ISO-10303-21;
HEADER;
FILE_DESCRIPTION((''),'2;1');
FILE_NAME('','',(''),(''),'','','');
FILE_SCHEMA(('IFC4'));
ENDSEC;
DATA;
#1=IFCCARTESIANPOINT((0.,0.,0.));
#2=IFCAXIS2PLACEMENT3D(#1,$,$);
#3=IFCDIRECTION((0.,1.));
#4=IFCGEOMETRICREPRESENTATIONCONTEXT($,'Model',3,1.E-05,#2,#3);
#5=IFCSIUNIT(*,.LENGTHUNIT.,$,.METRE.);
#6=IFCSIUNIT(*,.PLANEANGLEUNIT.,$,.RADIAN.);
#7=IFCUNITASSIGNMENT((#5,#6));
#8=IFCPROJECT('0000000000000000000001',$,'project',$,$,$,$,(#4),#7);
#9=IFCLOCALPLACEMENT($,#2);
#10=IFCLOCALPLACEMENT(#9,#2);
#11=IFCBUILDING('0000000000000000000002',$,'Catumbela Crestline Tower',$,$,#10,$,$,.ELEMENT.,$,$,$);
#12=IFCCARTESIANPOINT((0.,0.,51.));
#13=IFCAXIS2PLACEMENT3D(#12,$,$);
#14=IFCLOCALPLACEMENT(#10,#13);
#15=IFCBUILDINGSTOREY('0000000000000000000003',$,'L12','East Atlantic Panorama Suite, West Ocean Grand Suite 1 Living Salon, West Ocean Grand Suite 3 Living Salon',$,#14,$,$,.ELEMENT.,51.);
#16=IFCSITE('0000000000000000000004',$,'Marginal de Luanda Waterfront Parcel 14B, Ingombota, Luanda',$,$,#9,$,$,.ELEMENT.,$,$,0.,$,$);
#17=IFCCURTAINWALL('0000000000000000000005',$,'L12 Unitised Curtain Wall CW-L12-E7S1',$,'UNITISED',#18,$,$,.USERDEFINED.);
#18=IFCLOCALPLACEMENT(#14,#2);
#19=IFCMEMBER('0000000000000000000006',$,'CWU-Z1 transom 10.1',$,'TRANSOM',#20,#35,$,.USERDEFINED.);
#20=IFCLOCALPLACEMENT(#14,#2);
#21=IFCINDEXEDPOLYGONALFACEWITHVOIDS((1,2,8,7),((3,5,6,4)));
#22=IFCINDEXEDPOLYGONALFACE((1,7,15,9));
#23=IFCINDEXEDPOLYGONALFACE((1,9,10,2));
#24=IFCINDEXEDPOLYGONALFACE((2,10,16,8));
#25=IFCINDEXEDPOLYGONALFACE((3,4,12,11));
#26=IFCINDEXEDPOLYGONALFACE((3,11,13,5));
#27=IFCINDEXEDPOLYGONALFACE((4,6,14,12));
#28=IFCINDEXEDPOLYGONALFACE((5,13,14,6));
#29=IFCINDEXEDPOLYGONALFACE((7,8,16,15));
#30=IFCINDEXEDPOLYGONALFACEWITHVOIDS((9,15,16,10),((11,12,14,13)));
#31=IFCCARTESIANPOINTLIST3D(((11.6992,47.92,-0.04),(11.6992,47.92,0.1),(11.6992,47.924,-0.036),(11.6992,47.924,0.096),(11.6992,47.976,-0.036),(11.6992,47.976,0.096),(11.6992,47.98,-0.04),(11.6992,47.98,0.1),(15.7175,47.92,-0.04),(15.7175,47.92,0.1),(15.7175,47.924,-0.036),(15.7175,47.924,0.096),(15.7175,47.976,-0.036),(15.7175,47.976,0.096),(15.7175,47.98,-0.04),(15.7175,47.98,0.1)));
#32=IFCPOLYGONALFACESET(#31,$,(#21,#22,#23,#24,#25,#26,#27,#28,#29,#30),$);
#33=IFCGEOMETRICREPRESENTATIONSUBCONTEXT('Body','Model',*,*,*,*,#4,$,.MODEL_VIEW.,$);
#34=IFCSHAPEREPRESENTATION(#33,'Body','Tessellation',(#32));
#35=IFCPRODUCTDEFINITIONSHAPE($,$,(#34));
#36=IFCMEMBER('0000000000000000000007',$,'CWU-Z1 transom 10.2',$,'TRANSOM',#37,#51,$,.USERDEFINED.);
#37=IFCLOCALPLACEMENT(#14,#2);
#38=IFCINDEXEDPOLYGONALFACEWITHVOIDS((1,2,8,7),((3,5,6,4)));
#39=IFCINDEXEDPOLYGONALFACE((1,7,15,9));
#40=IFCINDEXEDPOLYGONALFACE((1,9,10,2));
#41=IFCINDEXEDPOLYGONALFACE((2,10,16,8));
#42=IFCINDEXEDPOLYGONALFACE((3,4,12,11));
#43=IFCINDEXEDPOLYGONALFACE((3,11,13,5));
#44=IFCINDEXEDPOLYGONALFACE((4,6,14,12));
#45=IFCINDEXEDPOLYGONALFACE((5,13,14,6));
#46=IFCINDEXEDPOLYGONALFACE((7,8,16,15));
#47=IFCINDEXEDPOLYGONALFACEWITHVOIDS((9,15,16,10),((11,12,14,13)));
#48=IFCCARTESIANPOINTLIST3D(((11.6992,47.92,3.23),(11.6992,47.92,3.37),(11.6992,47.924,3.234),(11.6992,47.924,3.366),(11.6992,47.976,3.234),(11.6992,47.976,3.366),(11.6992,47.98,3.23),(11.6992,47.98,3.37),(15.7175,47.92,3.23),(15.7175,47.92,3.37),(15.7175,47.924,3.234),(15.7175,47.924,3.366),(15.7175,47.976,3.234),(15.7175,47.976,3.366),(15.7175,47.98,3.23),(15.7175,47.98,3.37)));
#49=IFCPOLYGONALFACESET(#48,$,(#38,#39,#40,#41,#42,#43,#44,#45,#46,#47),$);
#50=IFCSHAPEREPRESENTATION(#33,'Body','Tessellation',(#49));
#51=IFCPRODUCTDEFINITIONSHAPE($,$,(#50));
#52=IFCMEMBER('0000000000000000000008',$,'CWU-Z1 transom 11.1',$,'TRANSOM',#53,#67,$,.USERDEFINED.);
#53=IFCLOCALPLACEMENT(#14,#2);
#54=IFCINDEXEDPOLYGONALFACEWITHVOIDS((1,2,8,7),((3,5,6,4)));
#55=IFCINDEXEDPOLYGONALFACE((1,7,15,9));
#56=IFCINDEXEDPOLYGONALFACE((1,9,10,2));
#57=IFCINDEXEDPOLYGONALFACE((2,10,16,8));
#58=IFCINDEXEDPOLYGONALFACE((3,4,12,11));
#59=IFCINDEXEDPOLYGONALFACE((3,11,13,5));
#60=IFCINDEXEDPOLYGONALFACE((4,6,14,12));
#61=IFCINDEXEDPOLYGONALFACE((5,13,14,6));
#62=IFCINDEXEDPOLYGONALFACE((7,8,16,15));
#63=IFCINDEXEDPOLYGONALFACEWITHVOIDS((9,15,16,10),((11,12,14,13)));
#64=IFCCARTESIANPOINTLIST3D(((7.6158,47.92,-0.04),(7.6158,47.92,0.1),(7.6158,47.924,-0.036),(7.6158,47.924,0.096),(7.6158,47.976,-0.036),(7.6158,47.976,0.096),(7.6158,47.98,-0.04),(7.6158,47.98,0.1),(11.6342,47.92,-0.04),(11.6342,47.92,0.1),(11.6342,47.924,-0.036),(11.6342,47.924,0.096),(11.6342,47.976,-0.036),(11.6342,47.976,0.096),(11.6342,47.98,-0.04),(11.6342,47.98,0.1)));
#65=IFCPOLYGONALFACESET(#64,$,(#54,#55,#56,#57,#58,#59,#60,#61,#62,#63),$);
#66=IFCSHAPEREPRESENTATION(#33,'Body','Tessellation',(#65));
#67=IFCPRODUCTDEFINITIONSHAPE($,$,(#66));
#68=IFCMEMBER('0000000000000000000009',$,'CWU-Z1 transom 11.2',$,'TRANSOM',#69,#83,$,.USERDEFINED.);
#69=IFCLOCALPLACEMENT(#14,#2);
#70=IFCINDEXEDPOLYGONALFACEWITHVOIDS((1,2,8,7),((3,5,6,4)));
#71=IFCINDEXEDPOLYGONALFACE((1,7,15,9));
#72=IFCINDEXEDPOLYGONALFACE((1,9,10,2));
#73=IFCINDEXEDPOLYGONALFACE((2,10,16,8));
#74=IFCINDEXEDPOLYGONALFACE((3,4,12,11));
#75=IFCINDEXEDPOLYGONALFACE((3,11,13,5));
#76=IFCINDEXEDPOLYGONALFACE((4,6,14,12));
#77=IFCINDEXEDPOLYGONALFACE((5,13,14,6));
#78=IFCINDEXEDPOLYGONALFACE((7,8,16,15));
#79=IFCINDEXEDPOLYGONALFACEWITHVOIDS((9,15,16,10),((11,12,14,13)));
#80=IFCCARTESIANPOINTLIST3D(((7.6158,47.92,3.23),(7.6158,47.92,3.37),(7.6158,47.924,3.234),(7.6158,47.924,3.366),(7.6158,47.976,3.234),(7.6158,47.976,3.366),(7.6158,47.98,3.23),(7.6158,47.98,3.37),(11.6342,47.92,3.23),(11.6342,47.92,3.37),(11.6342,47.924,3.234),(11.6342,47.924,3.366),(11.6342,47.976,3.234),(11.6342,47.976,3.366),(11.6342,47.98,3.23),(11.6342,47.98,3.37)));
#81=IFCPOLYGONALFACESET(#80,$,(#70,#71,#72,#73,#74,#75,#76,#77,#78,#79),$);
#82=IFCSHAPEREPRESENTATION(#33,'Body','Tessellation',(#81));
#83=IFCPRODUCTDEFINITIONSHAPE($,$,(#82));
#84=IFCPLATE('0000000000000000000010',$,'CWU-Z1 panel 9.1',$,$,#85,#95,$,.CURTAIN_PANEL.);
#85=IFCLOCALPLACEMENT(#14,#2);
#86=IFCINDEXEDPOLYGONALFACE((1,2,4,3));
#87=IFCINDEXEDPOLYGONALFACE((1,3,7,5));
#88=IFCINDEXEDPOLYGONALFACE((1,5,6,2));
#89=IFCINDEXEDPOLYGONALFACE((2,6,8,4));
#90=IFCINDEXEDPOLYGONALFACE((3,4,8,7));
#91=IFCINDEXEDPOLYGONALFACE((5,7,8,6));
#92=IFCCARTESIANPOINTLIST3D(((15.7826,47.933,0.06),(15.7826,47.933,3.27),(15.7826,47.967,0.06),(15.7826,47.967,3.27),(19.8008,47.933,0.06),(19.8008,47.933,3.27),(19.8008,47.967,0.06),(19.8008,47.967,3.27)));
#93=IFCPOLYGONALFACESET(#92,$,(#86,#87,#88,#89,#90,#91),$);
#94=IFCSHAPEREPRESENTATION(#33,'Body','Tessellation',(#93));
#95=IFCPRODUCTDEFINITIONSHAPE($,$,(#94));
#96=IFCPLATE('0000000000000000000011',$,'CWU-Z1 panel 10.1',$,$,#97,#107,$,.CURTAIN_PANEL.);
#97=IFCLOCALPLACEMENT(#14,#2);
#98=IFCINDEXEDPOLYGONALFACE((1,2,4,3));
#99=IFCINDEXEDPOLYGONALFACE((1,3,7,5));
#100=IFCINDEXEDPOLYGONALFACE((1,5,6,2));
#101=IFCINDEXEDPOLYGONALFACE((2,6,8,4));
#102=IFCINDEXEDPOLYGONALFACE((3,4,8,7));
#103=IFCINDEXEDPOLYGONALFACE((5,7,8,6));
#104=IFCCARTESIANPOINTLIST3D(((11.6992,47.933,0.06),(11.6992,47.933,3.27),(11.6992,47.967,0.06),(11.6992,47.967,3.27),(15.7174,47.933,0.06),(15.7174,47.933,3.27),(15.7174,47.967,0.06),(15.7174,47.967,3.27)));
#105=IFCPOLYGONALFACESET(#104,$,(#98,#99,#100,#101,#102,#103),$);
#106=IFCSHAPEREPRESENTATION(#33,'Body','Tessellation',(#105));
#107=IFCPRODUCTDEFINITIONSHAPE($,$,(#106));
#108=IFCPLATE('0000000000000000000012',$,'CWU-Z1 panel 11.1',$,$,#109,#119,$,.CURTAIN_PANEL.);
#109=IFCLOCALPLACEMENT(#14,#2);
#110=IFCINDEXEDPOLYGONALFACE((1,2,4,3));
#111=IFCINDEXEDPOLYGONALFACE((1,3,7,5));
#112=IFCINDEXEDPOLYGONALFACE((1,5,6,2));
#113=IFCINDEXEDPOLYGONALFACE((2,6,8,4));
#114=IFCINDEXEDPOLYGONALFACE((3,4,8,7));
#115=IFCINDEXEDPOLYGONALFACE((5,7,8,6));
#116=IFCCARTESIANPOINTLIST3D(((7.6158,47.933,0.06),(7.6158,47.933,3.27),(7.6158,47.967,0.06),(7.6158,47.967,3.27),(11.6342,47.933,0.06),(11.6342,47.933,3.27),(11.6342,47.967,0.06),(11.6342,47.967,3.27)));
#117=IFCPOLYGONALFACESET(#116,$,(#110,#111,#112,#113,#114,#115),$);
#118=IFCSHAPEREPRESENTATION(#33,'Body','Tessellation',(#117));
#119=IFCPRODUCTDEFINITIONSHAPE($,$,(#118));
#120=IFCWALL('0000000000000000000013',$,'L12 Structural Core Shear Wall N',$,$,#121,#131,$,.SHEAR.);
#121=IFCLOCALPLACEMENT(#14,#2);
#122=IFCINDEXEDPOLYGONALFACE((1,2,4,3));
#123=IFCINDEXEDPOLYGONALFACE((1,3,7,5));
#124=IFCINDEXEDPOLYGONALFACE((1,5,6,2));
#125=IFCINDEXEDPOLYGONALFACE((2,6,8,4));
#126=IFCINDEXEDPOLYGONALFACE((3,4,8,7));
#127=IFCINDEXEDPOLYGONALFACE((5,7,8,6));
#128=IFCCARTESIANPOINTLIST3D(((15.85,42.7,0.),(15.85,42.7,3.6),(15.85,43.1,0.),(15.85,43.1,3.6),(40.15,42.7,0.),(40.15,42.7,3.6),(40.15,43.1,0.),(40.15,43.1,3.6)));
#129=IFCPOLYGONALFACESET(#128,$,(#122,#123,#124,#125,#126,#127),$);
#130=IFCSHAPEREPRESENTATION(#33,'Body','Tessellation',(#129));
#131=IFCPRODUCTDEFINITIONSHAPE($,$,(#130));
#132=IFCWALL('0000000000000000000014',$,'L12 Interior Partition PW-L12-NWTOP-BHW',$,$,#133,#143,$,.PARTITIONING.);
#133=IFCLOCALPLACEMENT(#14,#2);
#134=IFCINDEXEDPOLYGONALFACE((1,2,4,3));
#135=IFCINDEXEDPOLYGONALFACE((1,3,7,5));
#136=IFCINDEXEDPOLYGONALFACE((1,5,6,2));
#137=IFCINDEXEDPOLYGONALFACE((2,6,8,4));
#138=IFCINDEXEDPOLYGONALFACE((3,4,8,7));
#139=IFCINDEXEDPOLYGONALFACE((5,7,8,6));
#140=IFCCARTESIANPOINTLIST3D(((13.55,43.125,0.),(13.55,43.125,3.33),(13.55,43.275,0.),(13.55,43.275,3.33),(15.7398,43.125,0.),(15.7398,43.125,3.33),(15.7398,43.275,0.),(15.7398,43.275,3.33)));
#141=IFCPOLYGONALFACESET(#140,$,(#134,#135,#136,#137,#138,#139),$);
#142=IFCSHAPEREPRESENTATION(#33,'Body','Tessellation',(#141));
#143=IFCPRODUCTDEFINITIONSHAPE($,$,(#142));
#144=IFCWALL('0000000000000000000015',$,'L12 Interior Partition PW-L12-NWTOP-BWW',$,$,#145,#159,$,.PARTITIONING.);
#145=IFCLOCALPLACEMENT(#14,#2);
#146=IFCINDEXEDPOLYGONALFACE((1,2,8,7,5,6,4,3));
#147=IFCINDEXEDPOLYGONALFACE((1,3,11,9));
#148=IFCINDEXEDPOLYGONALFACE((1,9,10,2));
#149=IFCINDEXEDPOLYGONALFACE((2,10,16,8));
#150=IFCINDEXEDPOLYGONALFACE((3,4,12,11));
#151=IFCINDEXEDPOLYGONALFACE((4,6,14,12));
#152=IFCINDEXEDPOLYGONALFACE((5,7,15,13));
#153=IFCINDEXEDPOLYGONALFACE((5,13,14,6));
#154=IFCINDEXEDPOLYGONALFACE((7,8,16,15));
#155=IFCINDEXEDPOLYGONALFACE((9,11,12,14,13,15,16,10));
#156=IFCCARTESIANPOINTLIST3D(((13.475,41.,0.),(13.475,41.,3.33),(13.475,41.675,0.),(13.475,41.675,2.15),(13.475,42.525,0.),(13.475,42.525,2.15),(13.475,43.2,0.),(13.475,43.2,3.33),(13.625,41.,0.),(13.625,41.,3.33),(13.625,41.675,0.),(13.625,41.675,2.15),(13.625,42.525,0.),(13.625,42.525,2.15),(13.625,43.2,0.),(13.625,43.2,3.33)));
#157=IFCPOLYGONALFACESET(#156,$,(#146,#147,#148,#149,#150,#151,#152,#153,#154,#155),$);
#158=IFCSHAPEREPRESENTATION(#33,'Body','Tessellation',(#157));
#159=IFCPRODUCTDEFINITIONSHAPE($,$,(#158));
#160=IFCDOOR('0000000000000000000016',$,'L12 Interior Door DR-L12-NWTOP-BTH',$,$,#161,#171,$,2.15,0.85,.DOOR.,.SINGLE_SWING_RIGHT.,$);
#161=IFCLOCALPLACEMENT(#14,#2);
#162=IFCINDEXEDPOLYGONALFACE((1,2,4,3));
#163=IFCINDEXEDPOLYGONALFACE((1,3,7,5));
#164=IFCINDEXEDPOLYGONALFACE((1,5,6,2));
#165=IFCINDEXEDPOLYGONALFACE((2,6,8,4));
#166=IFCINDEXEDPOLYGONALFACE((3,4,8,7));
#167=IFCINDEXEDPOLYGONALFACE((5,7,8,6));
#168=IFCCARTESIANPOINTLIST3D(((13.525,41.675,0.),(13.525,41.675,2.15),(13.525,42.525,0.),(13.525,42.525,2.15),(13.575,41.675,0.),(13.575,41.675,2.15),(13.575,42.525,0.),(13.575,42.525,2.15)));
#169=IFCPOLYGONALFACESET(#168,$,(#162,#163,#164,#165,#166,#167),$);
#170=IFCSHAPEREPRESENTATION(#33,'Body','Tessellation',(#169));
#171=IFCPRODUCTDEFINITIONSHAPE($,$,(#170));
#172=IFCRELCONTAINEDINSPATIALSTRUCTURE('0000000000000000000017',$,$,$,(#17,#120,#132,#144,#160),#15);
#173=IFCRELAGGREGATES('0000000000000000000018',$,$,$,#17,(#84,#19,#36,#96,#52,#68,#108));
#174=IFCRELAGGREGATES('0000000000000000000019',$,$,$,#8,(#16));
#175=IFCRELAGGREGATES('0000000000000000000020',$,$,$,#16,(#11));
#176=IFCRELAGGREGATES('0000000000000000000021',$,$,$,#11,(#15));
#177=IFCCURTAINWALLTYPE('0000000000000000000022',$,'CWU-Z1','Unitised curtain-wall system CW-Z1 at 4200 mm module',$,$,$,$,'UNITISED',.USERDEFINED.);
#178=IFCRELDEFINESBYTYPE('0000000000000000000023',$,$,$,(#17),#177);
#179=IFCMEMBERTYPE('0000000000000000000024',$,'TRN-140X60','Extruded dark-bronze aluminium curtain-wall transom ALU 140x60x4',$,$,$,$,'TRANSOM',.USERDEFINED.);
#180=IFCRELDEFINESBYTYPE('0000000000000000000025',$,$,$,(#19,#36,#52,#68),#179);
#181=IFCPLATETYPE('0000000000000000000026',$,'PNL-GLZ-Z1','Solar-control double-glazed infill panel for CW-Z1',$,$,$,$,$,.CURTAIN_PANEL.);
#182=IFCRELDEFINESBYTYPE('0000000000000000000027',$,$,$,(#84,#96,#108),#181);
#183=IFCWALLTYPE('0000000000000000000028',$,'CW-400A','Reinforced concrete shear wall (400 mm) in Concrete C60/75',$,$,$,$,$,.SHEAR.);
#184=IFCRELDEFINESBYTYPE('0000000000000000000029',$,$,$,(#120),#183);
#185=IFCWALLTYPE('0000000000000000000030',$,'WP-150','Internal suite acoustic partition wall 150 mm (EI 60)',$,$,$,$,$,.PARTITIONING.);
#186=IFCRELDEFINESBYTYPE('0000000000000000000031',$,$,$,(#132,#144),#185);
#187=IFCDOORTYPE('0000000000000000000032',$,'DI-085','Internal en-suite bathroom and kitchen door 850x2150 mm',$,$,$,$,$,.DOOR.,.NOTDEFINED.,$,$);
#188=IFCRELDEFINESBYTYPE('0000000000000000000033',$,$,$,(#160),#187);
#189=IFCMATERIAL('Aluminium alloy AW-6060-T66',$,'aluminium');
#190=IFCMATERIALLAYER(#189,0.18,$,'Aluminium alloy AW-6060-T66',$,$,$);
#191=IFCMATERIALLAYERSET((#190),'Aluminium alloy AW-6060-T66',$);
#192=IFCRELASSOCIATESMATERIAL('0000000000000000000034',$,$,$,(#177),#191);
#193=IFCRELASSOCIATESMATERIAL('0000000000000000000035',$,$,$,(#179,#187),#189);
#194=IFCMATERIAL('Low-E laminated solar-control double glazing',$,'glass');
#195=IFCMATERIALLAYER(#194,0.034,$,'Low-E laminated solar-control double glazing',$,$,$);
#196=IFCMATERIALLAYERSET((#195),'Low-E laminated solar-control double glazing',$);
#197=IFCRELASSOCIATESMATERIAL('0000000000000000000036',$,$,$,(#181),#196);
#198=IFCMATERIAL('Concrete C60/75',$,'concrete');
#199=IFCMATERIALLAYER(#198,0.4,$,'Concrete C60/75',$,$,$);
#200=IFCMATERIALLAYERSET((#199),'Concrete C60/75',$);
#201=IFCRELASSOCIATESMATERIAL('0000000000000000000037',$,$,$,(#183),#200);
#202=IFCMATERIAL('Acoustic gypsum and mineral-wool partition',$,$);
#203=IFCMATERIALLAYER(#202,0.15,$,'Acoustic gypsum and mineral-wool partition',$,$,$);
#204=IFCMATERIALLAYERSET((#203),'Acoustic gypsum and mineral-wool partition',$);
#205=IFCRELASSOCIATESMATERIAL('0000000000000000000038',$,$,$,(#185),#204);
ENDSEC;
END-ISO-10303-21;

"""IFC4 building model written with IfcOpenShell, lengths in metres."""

from ifc_helpers import new_model, si_unit, direction, frame, frame_2d, origin, origin_2d, place, context, subcontext, project, spatial, rectangle, hollow_rectangle, extrude, material, layer, layer_set, material_profile, profile_set, type_object, element, fill, aggregate, save


model = new_model("IFC4")

# Units and contexts
model_context = context("Model", 3, precision=1e-05, world=origin(), true_north=direction((0.0, 1.0)))
body_context = subcontext(model_context, "Body", "Model", "MODEL_VIEW")
ifc_project = project(units=[si_unit("LENGTHUNIT", "METRE"), si_unit("PLANEANGLEUNIT", "RADIAN")], contexts=[model_context])

# Site, building, storey
site_placement = place(None, origin())
site = spatial("IfcSite", under=ifc_project, at=site_placement, Name="Marginal de Luanda Waterfront Parcel 14B, Ingombota, Luanda", CompositionType="ELEMENT", RefElevation=0.0)
building_placement = place(site_placement, origin())
building = spatial("IfcBuilding", under=site, at=building_placement, Name="Catumbela Crestline Tower", CompositionType="ELEMENT")
storey_placement = place(building_placement, frame((0.0, 0.0, 51.0)))
storey = spatial("IfcBuildingStorey", under=building, at=storey_placement, Name="L12", Description="East Atlantic Panorama Suite, West Ocean Grand Suite 1 Living Salon, West Ocean Grand Suite 3 Living Salon", CompositionType="ELEMENT", Elevation=51.0)

# Curtain wall
ifc_material_1 = material(Name="Aluminium alloy AW-6060-T66", Category="aluminium")
ifc_layer_1 = layer(ifc_material_1, 0.18, Name="Aluminium alloy AW-6060-T66")
ifc_layer_set_1 = layer_set([ifc_layer_1], Name="Aluminium alloy AW-6060-T66")
curtain_wall_type = type_object("IfcCurtainWallType", Name="CWU-Z1", Description="Unitised curtain-wall system CW-Z1 at 4200 mm module", ElementType="UNITISED", PredefinedType="USERDEFINED", material=ifc_layer_set_1)
curtain_wall_placement = place(storey_placement, origin())
curtain_wall = element("IfcCurtainWall", 1, at=curtain_wall_placement, inside=storey, type_object=curtain_wall_type, Name="L12 Unitised Curtain Wall CW-L12-E7S1", ObjectType="UNITISED", PredefinedType="USERDEFINED")

# Members
ifc_material_profile_1 = material_profile(ifc_material_1, hollow_rectangle(XDim=0.06, YDim=0.14, WallThickness=0.004, at=origin_2d()), Name="ALU 140x60x4")
ifc_profile_set_1 = profile_set([ifc_material_profile_1], Name="Aluminium alloy AW-6060-T66")
member_type_1 = type_object("IfcMemberType", Name="TRN-140X60", Description="Extruded dark-bronze aluminium curtain-wall transom ALU 140x60x4", ElementType="TRANSOM", PredefinedType="USERDEFINED", material=ifc_profile_set_1)
member_1_placement = place(storey_placement, frame((15.7175, 47.95, 0.03), z_axis=(-1.0, 0.0, 0.0), x_axis=(0.0, -1.0, 0.0)))
member_1 = element("IfcMember", 2, at=member_1_placement, type_object=member_type_1, Name="CWU-Z1 transom 10.1", ObjectType="TRANSOM", PredefinedType="USERDEFINED", context=body_context, shape_type="SweptSolid", body=[
    extrude(hollow_rectangle(XDim=0.06, YDim=0.14, WallThickness=0.004, at=origin_2d()), origin(), (0.0, 0.0, 1.0), 4.0183),
])
member_2_placement = place(storey_placement, frame((15.7175, 47.95, 3.3), z_axis=(-1.0, 0.0, 0.0), x_axis=(0.0, -1.0, 0.0)))
member_2 = element("IfcMember", 3, at=member_2_placement, type_object=member_type_1, Name="CWU-Z1 transom 10.2", ObjectType="TRANSOM", PredefinedType="USERDEFINED", context=body_context, shape_type="SweptSolid", body=[
    extrude(hollow_rectangle(XDim=0.06, YDim=0.14, WallThickness=0.004, at=origin_2d()), origin(), (0.0, 0.0, 1.0), 4.0183),
])
member_3_placement = place(storey_placement, frame((11.6342, 47.95, 0.03), z_axis=(-1.0, 0.0, 0.0), x_axis=(0.0, -1.0, 0.0)))
member_3 = element("IfcMember", 4, at=member_3_placement, type_object=member_type_1, Name="CWU-Z1 transom 11.1", ObjectType="TRANSOM", PredefinedType="USERDEFINED", context=body_context, shape_type="SweptSolid", body=[
    extrude(hollow_rectangle(XDim=0.06, YDim=0.14, WallThickness=0.004, at=origin_2d()), origin(), (0.0, 0.0, 1.0), 4.0184),
])
member_4_placement = place(storey_placement, frame((11.6342, 47.95, 3.3), z_axis=(-1.0, 0.0, 0.0), x_axis=(0.0, -1.0, 0.0)))
member_4 = element("IfcMember", 5, at=member_4_placement, type_object=member_type_1, Name="CWU-Z1 transom 11.2", ObjectType="TRANSOM", PredefinedType="USERDEFINED", context=body_context, shape_type="SweptSolid", body=[
    extrude(hollow_rectangle(XDim=0.06, YDim=0.14, WallThickness=0.004, at=origin_2d()), origin(), (0.0, 0.0, 1.0), 4.0184),
])

# Plates
ifc_material_2 = material(Name="Low-E laminated solar-control double glazing", Category="glass")
ifc_layer_2 = layer(ifc_material_2, 0.034, Name="Low-E laminated solar-control double glazing")
ifc_layer_set_2 = layer_set([ifc_layer_2], Name="Low-E laminated solar-control double glazing")
plate_type = type_object("IfcPlateType", Name="PNL-GLZ-Z1", Description="Solar-control double-glazed infill panel for CW-Z1", PredefinedType="CURTAIN_PANEL", material=ifc_layer_set_2)
plate_1_placement = place(storey_placement, frame((17.7917, 47.95, 0.06), z_axis=(0.0, 0.0, 1.0), x_axis=(-1.0, 0.0, 0.0)))
plate_1 = element("IfcPlate", 6, at=plate_1_placement, type_object=plate_type, Name="CWU-Z1 panel 9.1", PredefinedType="CURTAIN_PANEL", context=body_context, shape_type="SweptSolid", body=[
    extrude(rectangle(XDim=4.0183, YDim=0.034, at=origin_2d()), origin(), (0.0, 0.0, 1.0), 3.21),
])
plate_2_placement = place(storey_placement, frame((13.7083, 47.95, 0.06), z_axis=(0.0, 0.0, 1.0), x_axis=(-1.0, 0.0, 0.0)))
plate_2 = element("IfcPlate", 7, at=plate_2_placement, type_object=plate_type, Name="CWU-Z1 panel 10.1", PredefinedType="CURTAIN_PANEL", context=body_context, shape_type="SweptSolid", body=[
    extrude(rectangle(XDim=4.0183, YDim=0.034, at=origin_2d()), origin(), (0.0, 0.0, 1.0), 3.21),
])
plate_3_placement = place(storey_placement, frame((9.625, 47.95, 0.06), z_axis=(0.0, 0.0, 1.0), x_axis=(-1.0, 0.0, 0.0)))
plate_3 = element("IfcPlate", 8, at=plate_3_placement, type_object=plate_type, Name="CWU-Z1 panel 11.1", PredefinedType="CURTAIN_PANEL", context=body_context, shape_type="SweptSolid", body=[
    extrude(rectangle(XDim=4.0183, YDim=0.034, at=origin_2d()), origin(), (0.0, 0.0, 1.0), 3.21),
])
aggregate(curtain_wall, [plate_1, member_1, member_2, plate_2, member_3, member_4, plate_3])

# Walls
ifc_material_3 = material(Name="Concrete C60/75", Category="concrete")
ifc_layer_3 = layer(ifc_material_3, 0.4, Name="Concrete C60/75")
ifc_layer_set_3 = layer_set([ifc_layer_3], Name="Concrete C60/75")
wall_type_1 = type_object("IfcWallType", Name="CW-400A", Description="Reinforced concrete shear wall (400 mm) in Concrete C60/75", PredefinedType="SHEAR", material=ifc_layer_set_3)
wall_1_placement = place(storey_placement, frame((15.85, 42.9, 0.0), z_axis=(0.0, 0.0, 1.0), x_axis=(1.0, 0.0, 0.0)))
element("IfcWall", 9, at=wall_1_placement, inside=storey, type_object=wall_type_1, Name="L12 Structural Core Shear Wall N", PredefinedType="SHEAR", context=body_context, shape_type="SweptSolid", body=[
    extrude(rectangle(XDim=24.3, YDim=0.4, at=frame_2d((12.15, 0.0))), origin(), (0.0, 0.0, 1.0), 3.6),
])
ifc_material_4 = material(Name="Acoustic gypsum and mineral-wool partition")
ifc_layer_4 = layer(ifc_material_4, 0.15, Name="Acoustic gypsum and mineral-wool partition")
ifc_layer_set_4 = layer_set([ifc_layer_4], Name="Acoustic gypsum and mineral-wool partition")
wall_type_2 = type_object("IfcWallType", Name="WP-150", Description="Internal suite acoustic partition wall 150 mm (EI 60)", PredefinedType="PARTITIONING", material=ifc_layer_set_4)
wall_2_placement = place(storey_placement, frame((13.55, 43.2, 0.0), z_axis=(0.0, 0.0, 1.0), x_axis=(1.0, 0.0, 0.0)))
element("IfcWall", 10, at=wall_2_placement, inside=storey, type_object=wall_type_2, Name="L12 Interior Partition PW-L12-NWTOP-BHW", PredefinedType="PARTITIONING", context=body_context, shape_type="SweptSolid", body=[
    extrude(rectangle(XDim=2.1897, YDim=0.15, at=frame_2d((1.0949, 0.0))), origin(), (0.0, 0.0, 1.0), 3.33),
])

# Wall, opening, door
wall_3_placement = place(storey_placement, frame((13.55, 41.0, 0.0), z_axis=(0.0, 0.0, 1.0), x_axis=(0.0, 1.0, 0.0)))
wall_3 = element("IfcWall", 11, at=wall_3_placement, inside=storey, type_object=wall_type_2, Name="L12 Interior Partition PW-L12-NWTOP-BWW", PredefinedType="PARTITIONING", context=body_context, shape_type="SweptSolid", body=[
    extrude(rectangle(XDim=2.2, YDim=0.15, at=frame_2d((1.1, 0.0))), origin(), (0.0, 0.0, 1.0), 3.33),
])
opening_1_placement = place(wall_3_placement, frame((0.675, 0.0, 0.0)))
opening_1 = element("IfcOpeningElement", 12, at=opening_1_placement, cuts=wall_3, PredefinedType="OPENING", context=body_context, shape_type="SweptSolid", body=[
    extrude(rectangle(XDim=0.85, YDim=2.15, at=frame_2d((0.425, 1.075))), frame((0.0, 0.085, 0.0), z_axis=(0.0, -1.0, 0.0), x_axis=(1.0, 0.0, 0.0)), (0.0, 0.0, 1.0), 0.17),
])
door_type = type_object("IfcDoorType", Name="DI-085", Description="Internal en-suite bathroom and kitchen door 850x2150 mm", OperationType="NOTDEFINED", PredefinedType="DOOR", material=ifc_material_1)
door_1_placement = place(opening_1_placement, origin())
door_1 = element("IfcDoor", 13, at=door_1_placement, inside=storey, type_object=door_type, Name="L12 Interior Door DR-L12-NWTOP-BTH", OperationType="SINGLE_SWING_RIGHT", OverallHeight=2.15, OverallWidth=0.85, PredefinedType="DOOR", context=body_context, shape_type="SweptSolid", body=[
    extrude(rectangle(XDim=0.85, YDim=2.15, at=frame_2d((0.425, 1.075))), frame((0.0, 0.025, 0.0), z_axis=(0.0, -1.0, 0.0), x_axis=(1.0, 0.0, 0.0)), (0.0, 0.0, 1.0), 0.05),
])
fill(opening_1, door_1)

save(model, "model.ifc")
